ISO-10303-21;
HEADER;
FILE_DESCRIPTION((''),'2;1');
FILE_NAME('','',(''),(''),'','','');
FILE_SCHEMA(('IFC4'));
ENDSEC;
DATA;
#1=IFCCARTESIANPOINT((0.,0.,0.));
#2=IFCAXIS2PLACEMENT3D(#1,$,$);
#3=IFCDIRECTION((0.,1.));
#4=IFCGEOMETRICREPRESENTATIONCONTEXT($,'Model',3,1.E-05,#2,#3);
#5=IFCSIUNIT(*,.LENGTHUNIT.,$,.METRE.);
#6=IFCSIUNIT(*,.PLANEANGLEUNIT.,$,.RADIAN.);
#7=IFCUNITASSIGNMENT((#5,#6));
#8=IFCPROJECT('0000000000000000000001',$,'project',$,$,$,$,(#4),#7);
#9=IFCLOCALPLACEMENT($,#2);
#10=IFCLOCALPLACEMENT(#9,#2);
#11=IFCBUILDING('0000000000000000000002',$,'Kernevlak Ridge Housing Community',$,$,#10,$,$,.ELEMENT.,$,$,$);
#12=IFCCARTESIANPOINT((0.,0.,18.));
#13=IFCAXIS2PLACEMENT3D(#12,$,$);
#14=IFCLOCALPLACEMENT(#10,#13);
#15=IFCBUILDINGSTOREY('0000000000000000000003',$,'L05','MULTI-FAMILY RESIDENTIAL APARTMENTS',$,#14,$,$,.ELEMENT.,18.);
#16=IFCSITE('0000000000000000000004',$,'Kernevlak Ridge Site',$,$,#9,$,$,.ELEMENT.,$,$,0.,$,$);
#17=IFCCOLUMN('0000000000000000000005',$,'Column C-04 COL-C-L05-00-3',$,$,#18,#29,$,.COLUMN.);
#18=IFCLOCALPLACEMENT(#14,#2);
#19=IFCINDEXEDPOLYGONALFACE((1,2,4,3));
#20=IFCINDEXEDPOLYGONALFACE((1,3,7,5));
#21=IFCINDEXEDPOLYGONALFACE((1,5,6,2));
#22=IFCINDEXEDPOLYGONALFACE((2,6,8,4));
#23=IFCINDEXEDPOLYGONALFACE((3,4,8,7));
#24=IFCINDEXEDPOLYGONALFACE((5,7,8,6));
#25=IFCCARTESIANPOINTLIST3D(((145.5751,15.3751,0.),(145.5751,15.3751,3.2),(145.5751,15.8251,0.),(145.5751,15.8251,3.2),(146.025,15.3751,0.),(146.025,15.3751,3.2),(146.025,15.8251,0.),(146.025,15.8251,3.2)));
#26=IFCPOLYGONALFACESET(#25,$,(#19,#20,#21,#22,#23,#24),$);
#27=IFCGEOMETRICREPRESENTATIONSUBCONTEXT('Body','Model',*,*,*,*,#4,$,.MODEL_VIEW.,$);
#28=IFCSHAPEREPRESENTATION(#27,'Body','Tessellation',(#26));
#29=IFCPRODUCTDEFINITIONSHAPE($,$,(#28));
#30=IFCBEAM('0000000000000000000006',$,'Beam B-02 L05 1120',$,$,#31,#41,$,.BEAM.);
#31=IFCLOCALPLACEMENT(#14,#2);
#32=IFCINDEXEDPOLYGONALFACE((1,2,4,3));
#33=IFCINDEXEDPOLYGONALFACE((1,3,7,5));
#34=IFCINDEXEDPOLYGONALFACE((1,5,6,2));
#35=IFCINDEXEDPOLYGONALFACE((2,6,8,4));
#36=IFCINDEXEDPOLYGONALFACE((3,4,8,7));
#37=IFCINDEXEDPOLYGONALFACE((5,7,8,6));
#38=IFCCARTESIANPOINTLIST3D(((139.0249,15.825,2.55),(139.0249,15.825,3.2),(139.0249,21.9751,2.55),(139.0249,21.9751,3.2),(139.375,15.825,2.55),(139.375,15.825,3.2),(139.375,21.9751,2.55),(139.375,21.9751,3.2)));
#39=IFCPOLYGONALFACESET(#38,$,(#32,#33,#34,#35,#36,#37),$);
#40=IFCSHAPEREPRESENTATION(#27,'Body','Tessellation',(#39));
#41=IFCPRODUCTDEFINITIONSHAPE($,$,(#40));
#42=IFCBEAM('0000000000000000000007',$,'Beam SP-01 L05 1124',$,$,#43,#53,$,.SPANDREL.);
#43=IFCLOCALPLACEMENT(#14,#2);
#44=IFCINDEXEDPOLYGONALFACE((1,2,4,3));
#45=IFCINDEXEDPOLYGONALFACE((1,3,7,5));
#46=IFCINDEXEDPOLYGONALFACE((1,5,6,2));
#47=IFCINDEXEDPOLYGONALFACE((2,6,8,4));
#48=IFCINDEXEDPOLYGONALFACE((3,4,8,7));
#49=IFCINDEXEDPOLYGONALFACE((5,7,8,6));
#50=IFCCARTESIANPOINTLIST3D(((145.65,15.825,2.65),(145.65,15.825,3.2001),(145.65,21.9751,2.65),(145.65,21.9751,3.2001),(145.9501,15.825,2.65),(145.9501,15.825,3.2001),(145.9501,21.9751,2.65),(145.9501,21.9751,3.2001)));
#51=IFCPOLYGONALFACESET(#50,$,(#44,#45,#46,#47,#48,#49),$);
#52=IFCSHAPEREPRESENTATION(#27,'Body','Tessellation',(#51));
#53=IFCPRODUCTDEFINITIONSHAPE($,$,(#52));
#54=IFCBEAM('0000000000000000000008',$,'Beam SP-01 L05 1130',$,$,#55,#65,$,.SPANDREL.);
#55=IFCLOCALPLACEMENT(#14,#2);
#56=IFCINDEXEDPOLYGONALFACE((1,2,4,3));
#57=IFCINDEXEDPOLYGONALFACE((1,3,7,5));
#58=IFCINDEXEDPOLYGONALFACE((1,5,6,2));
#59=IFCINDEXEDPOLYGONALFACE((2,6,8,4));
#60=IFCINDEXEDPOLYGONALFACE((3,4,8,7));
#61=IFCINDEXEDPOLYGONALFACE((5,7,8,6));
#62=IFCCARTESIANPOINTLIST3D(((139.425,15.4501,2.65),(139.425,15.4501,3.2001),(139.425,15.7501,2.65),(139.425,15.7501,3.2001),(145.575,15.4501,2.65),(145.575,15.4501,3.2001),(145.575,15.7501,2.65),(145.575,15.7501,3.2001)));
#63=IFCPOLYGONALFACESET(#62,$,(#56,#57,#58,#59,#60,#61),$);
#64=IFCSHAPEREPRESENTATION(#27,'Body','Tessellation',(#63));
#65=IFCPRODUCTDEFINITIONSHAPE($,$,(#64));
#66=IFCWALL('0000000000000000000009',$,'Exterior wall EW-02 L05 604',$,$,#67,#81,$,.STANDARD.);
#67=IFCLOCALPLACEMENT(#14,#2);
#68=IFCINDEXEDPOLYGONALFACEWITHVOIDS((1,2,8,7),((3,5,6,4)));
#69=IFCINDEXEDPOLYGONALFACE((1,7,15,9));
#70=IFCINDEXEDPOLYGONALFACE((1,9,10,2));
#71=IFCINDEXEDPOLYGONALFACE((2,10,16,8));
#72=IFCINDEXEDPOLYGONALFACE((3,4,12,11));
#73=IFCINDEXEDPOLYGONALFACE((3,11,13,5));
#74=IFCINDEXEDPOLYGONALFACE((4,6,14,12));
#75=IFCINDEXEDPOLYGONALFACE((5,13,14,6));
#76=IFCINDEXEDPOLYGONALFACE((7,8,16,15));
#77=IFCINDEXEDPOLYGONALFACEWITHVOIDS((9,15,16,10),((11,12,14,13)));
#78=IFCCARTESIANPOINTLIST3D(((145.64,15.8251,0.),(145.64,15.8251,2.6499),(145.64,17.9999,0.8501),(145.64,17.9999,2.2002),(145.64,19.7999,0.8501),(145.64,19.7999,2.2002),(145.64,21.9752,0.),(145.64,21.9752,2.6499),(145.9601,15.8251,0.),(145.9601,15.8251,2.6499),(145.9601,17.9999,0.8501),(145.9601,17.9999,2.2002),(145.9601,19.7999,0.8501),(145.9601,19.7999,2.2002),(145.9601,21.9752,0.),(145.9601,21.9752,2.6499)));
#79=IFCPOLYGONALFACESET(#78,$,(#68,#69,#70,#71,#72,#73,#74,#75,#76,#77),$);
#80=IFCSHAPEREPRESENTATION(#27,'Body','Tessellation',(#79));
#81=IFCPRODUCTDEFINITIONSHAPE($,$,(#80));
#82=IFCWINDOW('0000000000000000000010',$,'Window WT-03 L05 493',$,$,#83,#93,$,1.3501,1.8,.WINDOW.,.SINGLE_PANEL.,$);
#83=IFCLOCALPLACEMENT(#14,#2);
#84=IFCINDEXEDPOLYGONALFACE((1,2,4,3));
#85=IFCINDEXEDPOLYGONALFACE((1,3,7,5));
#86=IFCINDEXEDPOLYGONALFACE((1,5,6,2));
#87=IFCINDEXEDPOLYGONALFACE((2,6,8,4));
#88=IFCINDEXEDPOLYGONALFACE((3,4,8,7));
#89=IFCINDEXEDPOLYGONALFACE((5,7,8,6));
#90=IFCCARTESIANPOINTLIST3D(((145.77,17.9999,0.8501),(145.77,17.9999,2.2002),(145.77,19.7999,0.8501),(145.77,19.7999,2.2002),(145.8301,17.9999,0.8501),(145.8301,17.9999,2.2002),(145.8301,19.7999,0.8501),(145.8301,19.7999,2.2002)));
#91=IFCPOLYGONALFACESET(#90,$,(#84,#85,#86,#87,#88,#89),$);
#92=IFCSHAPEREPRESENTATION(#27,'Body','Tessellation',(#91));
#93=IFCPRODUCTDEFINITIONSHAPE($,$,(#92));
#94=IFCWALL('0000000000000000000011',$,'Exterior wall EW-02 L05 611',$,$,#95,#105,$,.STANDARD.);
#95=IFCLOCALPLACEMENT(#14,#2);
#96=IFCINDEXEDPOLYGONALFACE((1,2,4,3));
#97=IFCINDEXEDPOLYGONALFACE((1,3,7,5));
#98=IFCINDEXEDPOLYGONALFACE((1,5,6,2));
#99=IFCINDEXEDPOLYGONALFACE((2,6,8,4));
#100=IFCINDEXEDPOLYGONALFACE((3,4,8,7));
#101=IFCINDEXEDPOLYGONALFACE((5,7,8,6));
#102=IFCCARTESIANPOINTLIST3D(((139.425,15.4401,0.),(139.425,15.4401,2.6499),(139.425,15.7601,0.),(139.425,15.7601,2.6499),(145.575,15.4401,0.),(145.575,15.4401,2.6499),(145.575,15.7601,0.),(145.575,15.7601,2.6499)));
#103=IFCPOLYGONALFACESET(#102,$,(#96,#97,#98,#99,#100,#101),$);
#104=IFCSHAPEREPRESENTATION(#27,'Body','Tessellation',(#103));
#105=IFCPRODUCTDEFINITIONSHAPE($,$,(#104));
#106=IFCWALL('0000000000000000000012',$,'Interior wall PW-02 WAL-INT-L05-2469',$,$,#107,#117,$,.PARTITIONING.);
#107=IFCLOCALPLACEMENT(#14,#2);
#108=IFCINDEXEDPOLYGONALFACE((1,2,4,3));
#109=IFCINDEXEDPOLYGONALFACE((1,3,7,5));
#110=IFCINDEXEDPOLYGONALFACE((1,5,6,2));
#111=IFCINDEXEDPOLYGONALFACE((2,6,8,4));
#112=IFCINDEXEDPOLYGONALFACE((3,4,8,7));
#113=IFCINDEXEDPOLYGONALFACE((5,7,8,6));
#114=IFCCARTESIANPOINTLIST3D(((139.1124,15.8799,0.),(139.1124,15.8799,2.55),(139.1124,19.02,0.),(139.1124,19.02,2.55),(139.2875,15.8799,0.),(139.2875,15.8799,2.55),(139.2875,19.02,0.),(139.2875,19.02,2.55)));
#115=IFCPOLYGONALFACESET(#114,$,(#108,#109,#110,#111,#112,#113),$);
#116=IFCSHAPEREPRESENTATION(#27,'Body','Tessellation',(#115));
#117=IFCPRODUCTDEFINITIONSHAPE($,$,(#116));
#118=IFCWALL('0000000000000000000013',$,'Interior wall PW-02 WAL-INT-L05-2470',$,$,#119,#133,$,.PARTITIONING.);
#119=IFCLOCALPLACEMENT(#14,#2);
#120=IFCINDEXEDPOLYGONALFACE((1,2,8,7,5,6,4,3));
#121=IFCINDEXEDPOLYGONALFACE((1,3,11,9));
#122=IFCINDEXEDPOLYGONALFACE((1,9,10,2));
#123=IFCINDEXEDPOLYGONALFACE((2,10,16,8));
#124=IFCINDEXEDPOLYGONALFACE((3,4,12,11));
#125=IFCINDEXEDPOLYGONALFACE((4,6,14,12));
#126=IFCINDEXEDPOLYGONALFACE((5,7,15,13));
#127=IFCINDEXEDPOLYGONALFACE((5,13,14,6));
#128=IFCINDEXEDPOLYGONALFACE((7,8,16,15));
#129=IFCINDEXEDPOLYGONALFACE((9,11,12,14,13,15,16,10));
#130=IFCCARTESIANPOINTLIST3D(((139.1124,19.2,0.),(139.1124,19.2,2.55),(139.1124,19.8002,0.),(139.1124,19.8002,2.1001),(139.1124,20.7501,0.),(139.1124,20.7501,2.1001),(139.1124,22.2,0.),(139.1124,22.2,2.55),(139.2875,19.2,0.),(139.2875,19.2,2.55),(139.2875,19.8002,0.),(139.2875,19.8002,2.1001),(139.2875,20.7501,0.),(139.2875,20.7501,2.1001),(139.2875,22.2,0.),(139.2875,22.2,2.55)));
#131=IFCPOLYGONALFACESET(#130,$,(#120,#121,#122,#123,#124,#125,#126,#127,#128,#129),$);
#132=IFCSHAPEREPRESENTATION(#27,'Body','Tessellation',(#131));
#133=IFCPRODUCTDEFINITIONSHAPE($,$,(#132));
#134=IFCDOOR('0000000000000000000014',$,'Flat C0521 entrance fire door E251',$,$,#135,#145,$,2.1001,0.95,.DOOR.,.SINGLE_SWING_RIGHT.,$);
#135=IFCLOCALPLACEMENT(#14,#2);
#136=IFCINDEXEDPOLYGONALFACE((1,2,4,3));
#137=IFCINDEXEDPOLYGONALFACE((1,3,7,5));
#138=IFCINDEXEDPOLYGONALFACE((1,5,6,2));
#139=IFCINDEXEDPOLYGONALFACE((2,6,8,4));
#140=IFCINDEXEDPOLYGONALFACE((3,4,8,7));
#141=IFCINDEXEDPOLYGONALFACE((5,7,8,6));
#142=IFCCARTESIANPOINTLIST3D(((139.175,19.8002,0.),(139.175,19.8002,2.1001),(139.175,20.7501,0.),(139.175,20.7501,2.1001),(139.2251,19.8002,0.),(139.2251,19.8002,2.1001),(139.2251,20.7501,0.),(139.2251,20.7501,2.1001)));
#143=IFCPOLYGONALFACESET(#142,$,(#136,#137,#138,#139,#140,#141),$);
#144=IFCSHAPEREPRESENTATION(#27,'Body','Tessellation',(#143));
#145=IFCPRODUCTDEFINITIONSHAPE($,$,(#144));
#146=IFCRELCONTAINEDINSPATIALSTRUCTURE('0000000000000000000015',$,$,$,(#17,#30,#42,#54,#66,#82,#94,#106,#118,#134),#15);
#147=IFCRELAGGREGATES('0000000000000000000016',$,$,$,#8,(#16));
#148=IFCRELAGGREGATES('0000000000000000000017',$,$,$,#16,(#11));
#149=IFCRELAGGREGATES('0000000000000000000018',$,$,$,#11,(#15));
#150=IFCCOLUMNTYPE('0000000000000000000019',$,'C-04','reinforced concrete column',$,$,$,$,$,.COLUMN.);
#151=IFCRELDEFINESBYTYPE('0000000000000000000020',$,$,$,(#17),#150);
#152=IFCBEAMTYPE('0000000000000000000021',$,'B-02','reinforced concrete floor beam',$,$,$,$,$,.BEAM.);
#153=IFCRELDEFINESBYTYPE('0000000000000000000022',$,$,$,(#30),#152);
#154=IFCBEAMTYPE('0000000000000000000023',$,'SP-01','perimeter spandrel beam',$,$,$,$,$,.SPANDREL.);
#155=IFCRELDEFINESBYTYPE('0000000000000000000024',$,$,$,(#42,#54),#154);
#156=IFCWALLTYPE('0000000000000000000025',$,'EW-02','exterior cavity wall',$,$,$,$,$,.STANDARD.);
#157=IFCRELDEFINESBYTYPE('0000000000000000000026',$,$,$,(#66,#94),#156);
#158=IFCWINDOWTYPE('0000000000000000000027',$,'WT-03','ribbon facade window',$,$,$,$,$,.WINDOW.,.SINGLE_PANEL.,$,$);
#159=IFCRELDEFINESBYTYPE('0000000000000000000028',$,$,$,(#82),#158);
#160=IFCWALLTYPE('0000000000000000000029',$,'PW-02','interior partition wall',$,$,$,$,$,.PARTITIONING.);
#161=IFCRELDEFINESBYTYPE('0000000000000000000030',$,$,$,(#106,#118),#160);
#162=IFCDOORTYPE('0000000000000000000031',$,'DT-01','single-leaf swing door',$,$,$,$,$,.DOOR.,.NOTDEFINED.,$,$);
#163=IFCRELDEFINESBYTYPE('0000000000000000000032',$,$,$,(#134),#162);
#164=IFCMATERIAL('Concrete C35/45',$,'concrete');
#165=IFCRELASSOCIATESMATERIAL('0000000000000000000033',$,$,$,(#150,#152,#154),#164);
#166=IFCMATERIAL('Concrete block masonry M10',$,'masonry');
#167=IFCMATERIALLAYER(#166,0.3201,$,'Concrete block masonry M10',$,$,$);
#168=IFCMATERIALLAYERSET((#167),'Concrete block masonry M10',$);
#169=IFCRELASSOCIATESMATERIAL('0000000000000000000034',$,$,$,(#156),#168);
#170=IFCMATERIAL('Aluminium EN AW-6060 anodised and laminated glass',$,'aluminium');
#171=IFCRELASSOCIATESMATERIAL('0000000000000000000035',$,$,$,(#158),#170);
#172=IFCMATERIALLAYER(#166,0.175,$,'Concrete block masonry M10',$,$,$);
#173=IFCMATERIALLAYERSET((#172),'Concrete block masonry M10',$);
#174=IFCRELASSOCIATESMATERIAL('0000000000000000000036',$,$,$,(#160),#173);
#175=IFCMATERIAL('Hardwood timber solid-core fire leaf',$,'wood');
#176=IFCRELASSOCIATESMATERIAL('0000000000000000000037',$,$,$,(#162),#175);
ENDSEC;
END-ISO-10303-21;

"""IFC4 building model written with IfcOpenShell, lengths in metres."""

from ifc_helpers import new_model, si_unit, direction, frame, frame_2d, origin, origin_2d, place, context, subcontext, project, spatial, rectangle, extrude, material, layer, layer_set, material_profile, profile_set, type_object, element, fill, save


model = new_model("IFC4")

# Units and contexts
model_context = context("Model", 3, precision=1e-05, world=origin(), true_north=direction((0.0, 1.0)))
body_context = subcontext(model_context, "Body", "Model", "MODEL_VIEW")
ifc_project = project(units=[si_unit("LENGTHUNIT", "METRE"), si_unit("PLANEANGLEUNIT", "RADIAN")], contexts=[model_context])

# Site, building, storey
site_placement = place(None, origin())
site = spatial("IfcSite", under=ifc_project, at=site_placement, Name="Kernevlak Ridge Site", CompositionType="ELEMENT", RefElevation=0.0)
building_placement = place(site_placement, origin())
building = spatial("IfcBuilding", under=site, at=building_placement, Name="Kernevlak Ridge Housing Community", CompositionType="ELEMENT")
storey_placement = place(building_placement, frame((0.0, 0.0, 18.0)))
storey = spatial("IfcBuildingStorey", under=building, at=storey_placement, Name="L05", Description="MULTI-FAMILY RESIDENTIAL APARTMENTS", CompositionType="ELEMENT", Elevation=18.0)

# Column
ifc_material_1 = material(Name="Concrete C35/45", Category="concrete")
ifc_material_profile_1 = material_profile(ifc_material_1, rectangle(XDim=0.45, YDim=0.45, at=origin_2d()), Name="RC 450x450")
ifc_profile_set_1 = profile_set([ifc_material_profile_1], Name="Concrete C35/45")
column_type = type_object("IfcColumnType", Name="C-04", Description="reinforced concrete column", PredefinedType="COLUMN", material=ifc_profile_set_1)
column_placement = place(storey_placement, frame((145.8, 15.6001, 0.0), z_axis=(0.0, 0.0, 1.0), x_axis=(1.0, 0.0, 0.0)))
element("IfcColumn", 1, at=column_placement, inside=storey, type_object=column_type, Name="Column C-04 COL-C-L05-00-3", PredefinedType="COLUMN", context=body_context, shape_type="SweptSolid", body=[
    extrude(rectangle(XDim=0.45, YDim=0.45, at=origin_2d()), origin(), (0.0, 0.0, 1.0), 3.2),
])

# Beams
ifc_material_profile_2 = material_profile(ifc_material_1, rectangle(XDim=0.3501, YDim=0.6499, at=origin_2d()), Name="RC 350x650")
ifc_profile_set_2 = profile_set([ifc_material_profile_2], Name="Concrete C35/45")
beam_type_1 = type_object("IfcBeamType", Name="B-02", Description="reinforced concrete floor beam", PredefinedType="BEAM", material=ifc_profile_set_2)
beam_1_placement = place(storey_placement, frame((139.2, 15.825, 2.875), z_axis=(0.0, 1.0, 0.0), x_axis=(-1.0, 0.0, 0.0)))
element("IfcBeam", 2, at=beam_1_placement, inside=storey, type_object=beam_type_1, Name="Beam B-02 L05 1120", PredefinedType="BEAM", context=body_context, shape_type="SweptSolid", body=[
    extrude(rectangle(XDim=0.3501, YDim=0.6499, at=origin_2d()), origin(), (0.0, 0.0, 1.0), 6.1501),
])
ifc_material_profile_3 = material_profile(ifc_material_1, rectangle(XDim=0.3, YDim=0.55, at=origin_2d()), Name="RC 300x550")
ifc_profile_set_3 = profile_set([ifc_material_profile_3], Name="Concrete C35/45")
beam_type_2 = type_object("IfcBeamType", Name="SP-01", Description="perimeter spandrel beam", PredefinedType="SPANDREL", material=ifc_profile_set_3)
beam_2_placement = place(storey_placement, frame((145.8, 15.825, 2.925), z_axis=(0.0, 1.0, 0.0), x_axis=(-1.0, 0.0, 0.0)))
element("IfcBeam", 3, at=beam_2_placement, inside=storey, type_object=beam_type_2, Name="Beam SP-01 L05 1124", PredefinedType="SPANDREL", context=body_context, shape_type="SweptSolid", body=[
    extrude(rectangle(XDim=0.3, YDim=0.55, at=origin_2d()), origin(), (0.0, 0.0, 1.0), 6.1501),
])
beam_3_placement = place(storey_placement, frame((139.425, 15.6001, 2.925), z_axis=(1.0, 0.0, 0.0), x_axis=(0.0, 1.0, 0.0)))
element("IfcBeam", 4, at=beam_3_placement, inside=storey, type_object=beam_type_2, Name="Beam SP-01 L05 1130", PredefinedType="SPANDREL", context=body_context, shape_type="SweptSolid", body=[
    extrude(rectangle(XDim=0.3, YDim=0.55, at=origin_2d()), origin(), (0.0, 0.0, 1.0), 6.1499),
])

# Wall, opening, window
ifc_material_2 = material(Name="Concrete block masonry M10", Category="masonry")
ifc_layer_1 = layer(ifc_material_2, 0.3201, Name="Concrete block masonry M10")
ifc_layer_set_1 = layer_set([ifc_layer_1], Name="Concrete block masonry M10")
wall_type_1 = type_object("IfcWallType", Name="EW-02", Description="exterior cavity wall", PredefinedType="STANDARD", material=ifc_layer_set_1)
wall_1_placement = place(storey_placement, frame((145.8, 15.825, 0.0), z_axis=(0.0, 0.0, 1.0), x_axis=(0.0, 1.0, 0.0)))
wall_1 = element("IfcWall", 5, at=wall_1_placement, inside=storey, type_object=wall_type_1, Name="Exterior wall EW-02 L05 604", PredefinedType="STANDARD", context=body_context, shape_type="SweptSolid", body=[
    extrude(rectangle(XDim=6.1501, YDim=0.3201, at=frame_2d((3.0752, 0.0))), origin(), (0.0, 0.0, 1.0), 2.6499),
])
opening_1_placement = place(wall_1_placement, frame((2.175, 0.0, 0.8501)))
opening_1 = element("IfcOpeningElement", 6, at=opening_1_placement, cuts=wall_1, PredefinedType="OPENING", context=body_context, shape_type="SweptSolid", body=[
    extrude(rectangle(XDim=1.8, YDim=1.3501, at=frame_2d((0.8999, 0.675))), frame((0.0, 0.1699, 0.0), z_axis=(0.0, -1.0, 0.0), x_axis=(1.0, 0.0, 0.0)), (0.0, 0.0, 1.0), 0.3401),
])
ifc_material_3 = material(Name="Aluminium EN AW-6060 anodised and laminated glass", Category="aluminium")
window_type = type_object("IfcWindowType", Name="WT-03", Description="ribbon facade window", PartitioningType="SINGLE_PANEL", PredefinedType="WINDOW", material=ifc_material_3)
window_placement = place(opening_1_placement, origin())
window = element("IfcWindow", 7, at=window_placement, inside=storey, type_object=window_type, Name="Window WT-03 L05 493", OverallHeight=1.3501, OverallWidth=1.8, PartitioningType="SINGLE_PANEL", PredefinedType="WINDOW", context=body_context, shape_type="SweptSolid", body=[
    extrude(rectangle(XDim=1.8, YDim=1.3501, at=frame_2d((0.8999, 0.675))), frame((0.0, 0.03, 0.0), z_axis=(0.0, -1.0, 0.0), x_axis=(1.0, 0.0, 0.0)), (0.0, 0.0, 1.0), 0.0601),
])
fill(opening_1, window)

# Walls
wall_2_placement = place(storey_placement, frame((139.425, 15.6001, 0.0), z_axis=(0.0, 0.0, 1.0), x_axis=(1.0, 0.0, 0.0)))
element("IfcWall", 8, at=wall_2_placement, inside=storey, type_object=wall_type_1, Name="Exterior wall EW-02 L05 611", PredefinedType="STANDARD", context=body_context, shape_type="SweptSolid", body=[
    extrude(rectangle(XDim=6.1499, YDim=0.3201, at=frame_2d((3.075, 0.0))), origin(), (0.0, 0.0, 1.0), 2.6499),
])
ifc_layer_2 = layer(ifc_material_2, 0.175, Name="Concrete block masonry M10")
ifc_layer_set_2 = layer_set([ifc_layer_2], Name="Concrete block masonry M10")
wall_type_2 = type_object("IfcWallType", Name="PW-02", Description="interior partition wall", PredefinedType="PARTITIONING", material=ifc_layer_set_2)
wall_3_placement = place(storey_placement, frame((139.2, 15.8799, 0.0), z_axis=(0.0, 0.0, 1.0), x_axis=(0.0, 1.0, 0.0)))
element("IfcWall", 9, at=wall_3_placement, inside=storey, type_object=wall_type_2, Name="Interior wall PW-02 WAL-INT-L05-2469", PredefinedType="PARTITIONING", context=body_context, shape_type="SweptSolid", body=[
    extrude(rectangle(XDim=3.1401, YDim=0.175, at=frame_2d((1.5701, 0.0))), origin(), (0.0, 0.0, 1.0), 2.55),
])

# Wall, opening, door
wall_4_placement = place(storey_placement, frame((139.2, 19.2, 0.0), z_axis=(0.0, 0.0, 1.0), x_axis=(0.0, 1.0, 0.0)))
wall_4 = element("IfcWall", 10, at=wall_4_placement, inside=storey, type_object=wall_type_2, Name="Interior wall PW-02 WAL-INT-L05-2470", PredefinedType="PARTITIONING", context=body_context, shape_type="SweptSolid", body=[
    extrude(rectangle(XDim=3.0, YDim=0.175, at=frame_2d((1.5, 0.0))), origin(), (0.0, 0.0, 1.0), 2.55),
])
opening_2_placement = place(wall_4_placement, frame((0.6001, 0.0, 0.0)))
opening_2 = element("IfcOpeningElement", 11, at=opening_2_placement, cuts=wall_4, PredefinedType="OPENING", context=body_context, shape_type="SweptSolid", body=[
    extrude(rectangle(XDim=0.95, YDim=2.1001, at=frame_2d((0.4751, 1.05))), frame((0.0, 0.0974, 0.0), z_axis=(0.0, -1.0, 0.0), x_axis=(1.0, 0.0, 0.0)), (0.0, 0.0, 1.0), 0.1951),
])
ifc_material_4 = material(Name="Hardwood timber solid-core fire leaf", Category="wood")
door_type_1 = type_object("IfcDoorType", Name="DT-01", Description="single-leaf swing door", OperationType="NOTDEFINED", PredefinedType="DOOR", material=ifc_material_4)
door_1_placement = place(opening_2_placement, origin())
door_1 = element("IfcDoor", 12, at=door_1_placement, inside=storey, type_object=door_type_1, Name="Flat C0521 entrance fire door E251", OperationType="SINGLE_SWING_RIGHT", OverallHeight=2.1001, OverallWidth=0.95, PredefinedType="DOOR", context=body_context, shape_type="SweptSolid", body=[
    extrude(rectangle(XDim=0.95, YDim=2.1001, at=frame_2d((0.4751, 1.05))), frame((0.0, 0.0249, 0.0), z_axis=(0.0, -1.0, 0.0), x_axis=(1.0, 0.0, 0.0)), (0.0, 0.0, 1.0), 0.05),
])
fill(opening_2, door_1)

save(model, "model.ifc")
